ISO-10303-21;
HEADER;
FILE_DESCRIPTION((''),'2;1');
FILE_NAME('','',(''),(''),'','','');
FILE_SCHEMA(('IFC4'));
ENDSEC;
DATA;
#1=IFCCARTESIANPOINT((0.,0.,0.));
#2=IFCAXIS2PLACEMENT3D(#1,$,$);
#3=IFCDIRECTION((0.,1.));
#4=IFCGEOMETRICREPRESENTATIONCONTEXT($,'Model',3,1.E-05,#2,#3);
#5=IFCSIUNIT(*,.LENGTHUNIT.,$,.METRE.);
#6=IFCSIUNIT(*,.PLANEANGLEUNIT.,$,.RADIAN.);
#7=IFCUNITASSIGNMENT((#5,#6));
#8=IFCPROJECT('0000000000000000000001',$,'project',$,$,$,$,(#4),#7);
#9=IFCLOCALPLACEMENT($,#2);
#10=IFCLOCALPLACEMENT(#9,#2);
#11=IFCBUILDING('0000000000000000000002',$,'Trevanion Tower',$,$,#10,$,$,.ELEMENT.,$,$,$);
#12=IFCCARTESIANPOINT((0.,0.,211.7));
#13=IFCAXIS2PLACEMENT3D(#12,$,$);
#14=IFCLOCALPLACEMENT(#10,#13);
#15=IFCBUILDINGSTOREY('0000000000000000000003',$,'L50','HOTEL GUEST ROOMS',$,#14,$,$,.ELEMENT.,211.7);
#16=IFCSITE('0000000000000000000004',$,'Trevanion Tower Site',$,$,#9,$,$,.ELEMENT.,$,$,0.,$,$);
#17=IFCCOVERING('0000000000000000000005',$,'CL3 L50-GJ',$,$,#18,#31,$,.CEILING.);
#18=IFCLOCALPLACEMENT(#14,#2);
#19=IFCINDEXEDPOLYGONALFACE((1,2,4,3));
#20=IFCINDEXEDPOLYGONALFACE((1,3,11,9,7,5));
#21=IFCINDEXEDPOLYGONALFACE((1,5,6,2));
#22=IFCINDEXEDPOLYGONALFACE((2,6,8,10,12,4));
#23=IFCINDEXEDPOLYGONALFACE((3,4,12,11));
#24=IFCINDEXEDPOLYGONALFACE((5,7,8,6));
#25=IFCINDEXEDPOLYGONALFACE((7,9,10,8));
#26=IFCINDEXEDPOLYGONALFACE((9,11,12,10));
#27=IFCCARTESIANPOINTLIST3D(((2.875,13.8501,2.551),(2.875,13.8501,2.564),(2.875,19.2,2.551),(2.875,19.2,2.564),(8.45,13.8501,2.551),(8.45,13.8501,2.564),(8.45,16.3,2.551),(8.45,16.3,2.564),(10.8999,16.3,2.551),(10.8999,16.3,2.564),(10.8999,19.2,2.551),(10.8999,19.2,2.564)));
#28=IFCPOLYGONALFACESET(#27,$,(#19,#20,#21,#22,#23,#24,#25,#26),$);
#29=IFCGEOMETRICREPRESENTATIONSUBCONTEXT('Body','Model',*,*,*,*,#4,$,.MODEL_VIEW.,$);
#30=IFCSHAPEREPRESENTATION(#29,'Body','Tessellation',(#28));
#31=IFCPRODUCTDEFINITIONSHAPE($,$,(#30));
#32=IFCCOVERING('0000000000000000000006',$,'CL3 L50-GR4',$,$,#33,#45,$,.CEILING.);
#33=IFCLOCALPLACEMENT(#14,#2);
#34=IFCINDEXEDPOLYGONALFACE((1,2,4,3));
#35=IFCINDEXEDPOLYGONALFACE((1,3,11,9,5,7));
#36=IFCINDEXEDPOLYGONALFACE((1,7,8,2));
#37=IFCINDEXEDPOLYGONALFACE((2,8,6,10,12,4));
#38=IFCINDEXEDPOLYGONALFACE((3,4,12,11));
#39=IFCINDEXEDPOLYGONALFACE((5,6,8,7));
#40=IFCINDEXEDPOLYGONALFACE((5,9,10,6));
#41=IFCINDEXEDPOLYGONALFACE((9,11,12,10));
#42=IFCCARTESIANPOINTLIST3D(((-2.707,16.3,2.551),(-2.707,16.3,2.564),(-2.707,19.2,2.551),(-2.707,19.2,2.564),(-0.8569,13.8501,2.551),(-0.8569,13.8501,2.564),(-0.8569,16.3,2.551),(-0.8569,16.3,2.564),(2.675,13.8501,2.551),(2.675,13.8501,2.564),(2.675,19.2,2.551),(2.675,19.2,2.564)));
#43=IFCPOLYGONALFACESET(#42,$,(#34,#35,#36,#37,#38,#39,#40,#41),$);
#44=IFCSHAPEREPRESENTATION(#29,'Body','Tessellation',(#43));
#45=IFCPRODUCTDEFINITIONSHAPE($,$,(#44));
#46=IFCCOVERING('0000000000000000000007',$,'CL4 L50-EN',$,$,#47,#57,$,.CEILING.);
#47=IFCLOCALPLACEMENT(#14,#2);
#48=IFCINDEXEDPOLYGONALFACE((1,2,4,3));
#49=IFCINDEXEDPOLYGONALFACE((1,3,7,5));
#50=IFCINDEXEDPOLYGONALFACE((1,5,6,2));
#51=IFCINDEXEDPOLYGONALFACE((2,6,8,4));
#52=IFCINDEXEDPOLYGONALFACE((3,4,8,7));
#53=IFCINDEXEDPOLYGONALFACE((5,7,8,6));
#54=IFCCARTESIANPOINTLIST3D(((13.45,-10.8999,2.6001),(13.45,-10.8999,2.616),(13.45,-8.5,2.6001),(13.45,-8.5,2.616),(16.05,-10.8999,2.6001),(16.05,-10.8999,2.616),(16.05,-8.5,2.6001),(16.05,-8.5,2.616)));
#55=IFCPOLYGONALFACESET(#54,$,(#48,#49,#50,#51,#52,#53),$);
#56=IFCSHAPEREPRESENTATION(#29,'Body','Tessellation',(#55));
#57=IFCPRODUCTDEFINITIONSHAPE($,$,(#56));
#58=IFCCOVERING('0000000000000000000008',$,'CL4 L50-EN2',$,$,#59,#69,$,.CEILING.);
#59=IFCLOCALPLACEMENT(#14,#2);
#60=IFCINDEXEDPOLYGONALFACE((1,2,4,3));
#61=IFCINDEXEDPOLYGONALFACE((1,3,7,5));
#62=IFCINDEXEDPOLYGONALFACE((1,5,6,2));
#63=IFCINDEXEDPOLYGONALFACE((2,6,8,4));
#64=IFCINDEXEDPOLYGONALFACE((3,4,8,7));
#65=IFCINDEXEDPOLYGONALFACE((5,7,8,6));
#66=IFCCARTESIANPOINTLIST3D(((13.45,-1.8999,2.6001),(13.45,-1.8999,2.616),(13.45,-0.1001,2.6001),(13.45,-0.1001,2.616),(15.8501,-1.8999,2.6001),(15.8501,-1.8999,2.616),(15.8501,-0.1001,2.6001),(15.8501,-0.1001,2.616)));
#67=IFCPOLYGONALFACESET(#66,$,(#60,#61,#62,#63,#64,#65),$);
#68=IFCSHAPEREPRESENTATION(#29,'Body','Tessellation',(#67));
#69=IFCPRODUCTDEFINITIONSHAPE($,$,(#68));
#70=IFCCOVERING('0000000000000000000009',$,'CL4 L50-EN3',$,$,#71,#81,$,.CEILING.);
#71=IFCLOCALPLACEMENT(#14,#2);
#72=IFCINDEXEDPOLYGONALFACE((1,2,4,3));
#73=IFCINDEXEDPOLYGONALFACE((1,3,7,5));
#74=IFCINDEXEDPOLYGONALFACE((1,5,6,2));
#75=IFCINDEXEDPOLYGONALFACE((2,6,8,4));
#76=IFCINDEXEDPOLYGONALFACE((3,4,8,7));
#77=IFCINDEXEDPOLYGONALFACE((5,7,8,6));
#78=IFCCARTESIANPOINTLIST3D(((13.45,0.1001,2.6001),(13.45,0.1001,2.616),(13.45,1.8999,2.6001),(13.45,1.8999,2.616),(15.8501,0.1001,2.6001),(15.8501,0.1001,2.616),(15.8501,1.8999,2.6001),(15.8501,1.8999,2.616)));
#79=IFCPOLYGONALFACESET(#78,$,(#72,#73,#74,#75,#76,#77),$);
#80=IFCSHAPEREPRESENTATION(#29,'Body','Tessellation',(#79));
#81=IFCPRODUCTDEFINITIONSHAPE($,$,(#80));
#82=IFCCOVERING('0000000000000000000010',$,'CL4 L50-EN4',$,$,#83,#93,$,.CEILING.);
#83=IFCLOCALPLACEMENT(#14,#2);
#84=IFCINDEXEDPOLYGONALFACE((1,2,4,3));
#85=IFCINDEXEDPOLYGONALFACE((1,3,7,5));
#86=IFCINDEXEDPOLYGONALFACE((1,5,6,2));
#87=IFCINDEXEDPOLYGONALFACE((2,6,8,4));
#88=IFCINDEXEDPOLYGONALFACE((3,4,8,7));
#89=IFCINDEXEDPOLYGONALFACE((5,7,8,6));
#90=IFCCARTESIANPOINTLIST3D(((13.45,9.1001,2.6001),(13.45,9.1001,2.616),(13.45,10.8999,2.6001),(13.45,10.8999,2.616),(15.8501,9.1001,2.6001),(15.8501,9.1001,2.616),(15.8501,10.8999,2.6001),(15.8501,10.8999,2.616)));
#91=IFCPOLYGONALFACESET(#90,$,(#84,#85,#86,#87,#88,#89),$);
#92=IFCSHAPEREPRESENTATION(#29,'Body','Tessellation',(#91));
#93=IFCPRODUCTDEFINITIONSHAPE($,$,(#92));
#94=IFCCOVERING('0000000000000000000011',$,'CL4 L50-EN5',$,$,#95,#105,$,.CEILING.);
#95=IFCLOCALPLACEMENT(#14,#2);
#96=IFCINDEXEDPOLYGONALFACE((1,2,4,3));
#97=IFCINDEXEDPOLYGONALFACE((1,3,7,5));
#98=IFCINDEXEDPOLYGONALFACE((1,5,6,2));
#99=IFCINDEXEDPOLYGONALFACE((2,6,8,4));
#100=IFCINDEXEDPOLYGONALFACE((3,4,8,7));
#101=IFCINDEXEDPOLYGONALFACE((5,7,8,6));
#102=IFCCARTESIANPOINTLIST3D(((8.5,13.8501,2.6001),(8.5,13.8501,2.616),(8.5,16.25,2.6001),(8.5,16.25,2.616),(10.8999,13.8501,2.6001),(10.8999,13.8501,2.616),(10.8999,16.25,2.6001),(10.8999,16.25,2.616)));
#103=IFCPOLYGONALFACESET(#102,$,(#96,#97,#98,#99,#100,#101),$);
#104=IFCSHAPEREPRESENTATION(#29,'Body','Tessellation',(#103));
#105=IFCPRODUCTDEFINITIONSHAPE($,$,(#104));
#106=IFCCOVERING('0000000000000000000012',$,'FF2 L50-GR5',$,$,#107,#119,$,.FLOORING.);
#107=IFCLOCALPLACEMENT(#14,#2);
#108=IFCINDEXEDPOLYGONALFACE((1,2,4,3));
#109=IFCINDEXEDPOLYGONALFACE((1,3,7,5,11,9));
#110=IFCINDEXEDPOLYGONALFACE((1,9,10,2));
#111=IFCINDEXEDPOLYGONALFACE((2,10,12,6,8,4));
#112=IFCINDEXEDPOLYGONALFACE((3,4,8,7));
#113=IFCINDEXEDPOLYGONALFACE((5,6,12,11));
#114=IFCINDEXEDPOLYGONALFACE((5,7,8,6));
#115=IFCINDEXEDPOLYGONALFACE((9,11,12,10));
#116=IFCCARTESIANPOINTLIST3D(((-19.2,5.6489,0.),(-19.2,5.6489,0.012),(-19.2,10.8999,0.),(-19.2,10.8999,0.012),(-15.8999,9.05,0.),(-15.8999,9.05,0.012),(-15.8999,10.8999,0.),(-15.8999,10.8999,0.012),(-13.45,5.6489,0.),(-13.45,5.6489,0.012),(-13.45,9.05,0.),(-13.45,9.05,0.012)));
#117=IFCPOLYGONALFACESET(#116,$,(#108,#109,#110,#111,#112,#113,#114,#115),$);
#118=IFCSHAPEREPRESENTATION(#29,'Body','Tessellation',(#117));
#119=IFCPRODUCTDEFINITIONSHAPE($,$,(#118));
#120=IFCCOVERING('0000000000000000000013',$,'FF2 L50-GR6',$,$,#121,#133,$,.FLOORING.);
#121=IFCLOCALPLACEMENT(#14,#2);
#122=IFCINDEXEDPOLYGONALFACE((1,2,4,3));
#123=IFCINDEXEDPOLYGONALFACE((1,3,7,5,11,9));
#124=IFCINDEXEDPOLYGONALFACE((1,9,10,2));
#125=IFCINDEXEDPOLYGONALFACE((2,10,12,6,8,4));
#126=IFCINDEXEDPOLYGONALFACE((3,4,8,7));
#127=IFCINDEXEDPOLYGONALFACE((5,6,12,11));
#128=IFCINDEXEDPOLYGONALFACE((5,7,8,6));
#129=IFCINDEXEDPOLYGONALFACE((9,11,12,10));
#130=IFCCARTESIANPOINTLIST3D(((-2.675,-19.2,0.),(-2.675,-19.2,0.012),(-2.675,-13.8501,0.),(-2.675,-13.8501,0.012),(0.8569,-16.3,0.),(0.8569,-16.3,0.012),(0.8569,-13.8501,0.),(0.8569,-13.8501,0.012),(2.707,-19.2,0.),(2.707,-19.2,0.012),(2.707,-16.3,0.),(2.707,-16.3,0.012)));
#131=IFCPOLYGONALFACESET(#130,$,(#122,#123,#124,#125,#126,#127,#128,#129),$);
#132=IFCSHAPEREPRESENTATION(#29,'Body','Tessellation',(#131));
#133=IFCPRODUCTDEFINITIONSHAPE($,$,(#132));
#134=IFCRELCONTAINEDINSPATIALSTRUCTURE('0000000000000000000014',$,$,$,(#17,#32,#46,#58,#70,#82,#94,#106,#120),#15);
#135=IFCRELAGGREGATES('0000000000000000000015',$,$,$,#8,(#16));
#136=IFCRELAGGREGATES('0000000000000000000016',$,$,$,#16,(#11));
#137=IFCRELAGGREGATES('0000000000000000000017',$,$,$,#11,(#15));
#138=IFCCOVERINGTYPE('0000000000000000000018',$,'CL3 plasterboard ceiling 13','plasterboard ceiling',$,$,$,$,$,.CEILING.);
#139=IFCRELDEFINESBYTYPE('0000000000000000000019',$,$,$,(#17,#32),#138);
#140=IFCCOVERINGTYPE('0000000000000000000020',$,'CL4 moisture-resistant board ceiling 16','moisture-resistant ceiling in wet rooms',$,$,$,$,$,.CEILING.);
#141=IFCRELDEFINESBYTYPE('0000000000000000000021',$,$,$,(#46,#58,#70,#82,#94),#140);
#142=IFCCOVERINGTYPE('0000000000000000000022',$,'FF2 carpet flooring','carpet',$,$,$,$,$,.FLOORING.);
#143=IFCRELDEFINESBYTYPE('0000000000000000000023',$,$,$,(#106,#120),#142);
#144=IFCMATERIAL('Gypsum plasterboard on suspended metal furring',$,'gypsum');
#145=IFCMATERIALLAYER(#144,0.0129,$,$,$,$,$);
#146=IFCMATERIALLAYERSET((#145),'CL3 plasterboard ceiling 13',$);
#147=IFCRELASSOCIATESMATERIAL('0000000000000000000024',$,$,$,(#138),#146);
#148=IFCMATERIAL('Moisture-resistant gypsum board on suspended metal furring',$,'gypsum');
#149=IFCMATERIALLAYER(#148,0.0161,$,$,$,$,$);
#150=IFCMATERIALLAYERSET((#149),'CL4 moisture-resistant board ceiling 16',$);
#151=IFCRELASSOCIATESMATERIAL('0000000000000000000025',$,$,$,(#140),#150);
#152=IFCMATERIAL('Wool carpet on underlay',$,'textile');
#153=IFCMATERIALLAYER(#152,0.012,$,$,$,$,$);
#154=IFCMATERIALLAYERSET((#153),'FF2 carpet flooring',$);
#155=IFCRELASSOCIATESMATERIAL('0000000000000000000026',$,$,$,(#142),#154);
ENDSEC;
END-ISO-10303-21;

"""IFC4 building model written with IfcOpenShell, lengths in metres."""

from ifc_helpers import new_model, si_unit, direction, frame, origin, place, context, subcontext, project, spatial, polyline, outline, extrude, material, layer, layer_set, type_object, element, save


model = new_model("IFC4")

# Units and contexts
model_context = context("Model", 3, precision=1e-05, world=origin(), true_north=direction((0.0, 1.0)))
body_context = subcontext(model_context, "Body", "Model", "MODEL_VIEW")
ifc_project = project(units=[si_unit("LENGTHUNIT", "METRE"), si_unit("PLANEANGLEUNIT", "RADIAN")], contexts=[model_context])

# Site, building, storey
site_placement = place(None, origin())
site = spatial("IfcSite", under=ifc_project, at=site_placement, Name="Trevanion Tower Site", CompositionType="ELEMENT", RefElevation=0.0)
building_placement = place(site_placement, origin())
building = spatial("IfcBuilding", under=site, at=building_placement, Name="Trevanion Tower", CompositionType="ELEMENT")
storey_placement = place(building_placement, frame((0.0, 0.0, 211.7)))
storey = spatial("IfcBuildingStorey", under=building, at=storey_placement, Name="L50", Description="HOTEL GUEST ROOMS", CompositionType="ELEMENT", Elevation=211.7)

# Coverings
ifc_material_1 = material(Name="Gypsum plasterboard on suspended metal furring", Category="gypsum")
ifc_layer_1 = layer(ifc_material_1, 0.0129)
ifc_layer_set_1 = layer_set([ifc_layer_1], Name="CL3 plasterboard ceiling 13")
covering_type_1 = type_object("IfcCoveringType", Name="CL3 plasterboard ceiling 13", Description="plasterboard ceiling", PredefinedType="CEILING", material=ifc_layer_set_1)
covering_1_placement = place(storey_placement, frame((0.0, 0.0, 2.551)))
element("IfcCovering", 1, at=covering_1_placement, inside=storey, type_object=covering_type_1, Name="CL3 L50-GJ", PredefinedType="CEILING", context=body_context, shape_type="SweptSolid", body=[
    extrude(outline(polyline([(2.875, 13.8501), (2.875, 19.2), (10.8999, 19.2), (10.8999, 16.3), (8.45, 16.3), (8.45, 13.8501), (2.875, 13.8501)])), origin(), (0.0, 0.0, 1.0), 0.0129),
])
covering_2_placement = place(storey_placement, frame((0.0, 0.0, 2.551)))
element("IfcCovering", 2, at=covering_2_placement, inside=storey, type_object=covering_type_1, Name="CL3 L50-GR4", PredefinedType="CEILING", context=body_context, shape_type="SweptSolid", body=[
    extrude(outline(polyline([(-0.8569, 13.8501), (-0.8569, 16.3), (-2.707, 16.3), (-2.707, 19.2), (2.675, 19.2), (2.675, 13.8501), (-0.8569, 13.8501)])), origin(), (0.0, 0.0, 1.0), 0.0129),
])
ifc_material_2 = material(Name="Moisture-resistant gypsum board on suspended metal furring", Category="gypsum")
ifc_layer_2 = layer(ifc_material_2, 0.0161)
ifc_layer_set_2 = layer_set([ifc_layer_2], Name="CL4 moisture-resistant board ceiling 16")
covering_type_2 = type_object("IfcCoveringType", Name="CL4 moisture-resistant board ceiling 16", Description="moisture-resistant ceiling in wet rooms", PredefinedType="CEILING", material=ifc_layer_set_2)
covering_3_placement = place(storey_placement, frame((0.0, 0.0, 2.6001)))
element("IfcCovering", 3, at=covering_3_placement, inside=storey, type_object=covering_type_2, Name="CL4 L50-EN", PredefinedType="CEILING", context=body_context, shape_type="SweptSolid", body=[
    extrude(outline(polyline([(16.05, -10.8999), (16.05, -8.5), (13.45, -8.5), (13.45, -10.8999), (16.05, -10.8999)])), origin(), (0.0, 0.0, 1.0), 0.0159),
])
covering_4_placement = place(storey_placement, frame((0.0, 0.0, 2.6001)))
element("IfcCovering", 4, at=covering_4_placement, inside=storey, type_object=covering_type_2, Name="CL4 L50-EN2", PredefinedType="CEILING", context=body_context, shape_type="SweptSolid", body=[
    extrude(outline(polyline([(15.8501, -1.8999), (15.8501, -0.1001), (13.45, -0.1001), (13.45, -1.8999), (15.8501, -1.8999)])), origin(), (0.0, 0.0, 1.0), 0.0159),
])
covering_5_placement = place(storey_placement, frame((0.0, 0.0, 2.6001)))
element("IfcCovering", 5, at=covering_5_placement, inside=storey, type_object=covering_type_2, Name="CL4 L50-EN3", PredefinedType="CEILING", context=body_context, shape_type="SweptSolid", body=[
    extrude(outline(polyline([(15.8501, 0.1001), (15.8501, 1.8999), (13.45, 1.8999), (13.45, 0.1001), (15.8501, 0.1001)])), origin(), (0.0, 0.0, 1.0), 0.0159),
])
covering_6_placement = place(storey_placement, frame((0.0, 0.0, 2.6001)))
element("IfcCovering", 6, at=covering_6_placement, inside=storey, type_object=covering_type_2, Name="CL4 L50-EN4", PredefinedType="CEILING", context=body_context, shape_type="SweptSolid", body=[
    extrude(outline(polyline([(15.8501, 9.1001), (15.8501, 10.8999), (13.45, 10.8999), (13.45, 9.1001), (15.8501, 9.1001)])), origin(), (0.0, 0.0, 1.0), 0.0159),
])
covering_7_placement = place(storey_placement, frame((0.0, 0.0, 2.6001)))
element("IfcCovering", 7, at=covering_7_placement, inside=storey, type_object=covering_type_2, Name="CL4 L50-EN5", PredefinedType="CEILING", context=body_context, shape_type="SweptSolid", body=[
    extrude(outline(polyline([(10.8999, 16.25), (8.5, 16.25), (8.5, 13.8501), (10.8999, 13.8501), (10.8999, 16.25)])), origin(), (0.0, 0.0, 1.0), 0.0159),
])
ifc_material_3 = material(Name="Wool carpet on underlay", Category="textile")
ifc_layer_3 = layer(ifc_material_3, 0.012)
ifc_layer_set_3 = layer_set([ifc_layer_3], Name="FF2 carpet flooring")
covering_type_3 = type_object("IfcCoveringType", Name="FF2 carpet flooring", Description="carpet", PredefinedType="FLOORING", material=ifc_layer_set_3)
covering_8_placement = place(storey_placement, origin())
element("IfcCovering", 8, at=covering_8_placement, inside=storey, type_object=covering_type_3, Name="FF2 L50-GR5", PredefinedType="FLOORING", context=body_context, shape_type="SweptSolid", body=[
    extrude(outline(polyline([(-13.45, 5.6489), (-19.2, 5.6489), (-19.2, 10.8999), (-15.8999, 10.8999), (-15.8999, 9.05), (-13.45, 9.05), (-13.45, 5.6489)])), origin(), (0.0, 0.0, 1.0), 0.012),
])
covering_9_placement = place(storey_placement, origin())
element("IfcCovering", 9, at=covering_9_placement, inside=storey, type_object=covering_type_3, Name="FF2 L50-GR6", PredefinedType="FLOORING", context=body_context, shape_type="SweptSolid", body=[
    extrude(outline(polyline([(0.8569, -13.8501), (0.8569, -16.3), (2.707, -16.3), (2.707, -19.2), (-2.675, -19.2), (-2.675, -13.8501), (0.8569, -13.8501)])), origin(), (0.0, 0.0, 1.0), 0.012),
])

save(model, "model.ifc")
